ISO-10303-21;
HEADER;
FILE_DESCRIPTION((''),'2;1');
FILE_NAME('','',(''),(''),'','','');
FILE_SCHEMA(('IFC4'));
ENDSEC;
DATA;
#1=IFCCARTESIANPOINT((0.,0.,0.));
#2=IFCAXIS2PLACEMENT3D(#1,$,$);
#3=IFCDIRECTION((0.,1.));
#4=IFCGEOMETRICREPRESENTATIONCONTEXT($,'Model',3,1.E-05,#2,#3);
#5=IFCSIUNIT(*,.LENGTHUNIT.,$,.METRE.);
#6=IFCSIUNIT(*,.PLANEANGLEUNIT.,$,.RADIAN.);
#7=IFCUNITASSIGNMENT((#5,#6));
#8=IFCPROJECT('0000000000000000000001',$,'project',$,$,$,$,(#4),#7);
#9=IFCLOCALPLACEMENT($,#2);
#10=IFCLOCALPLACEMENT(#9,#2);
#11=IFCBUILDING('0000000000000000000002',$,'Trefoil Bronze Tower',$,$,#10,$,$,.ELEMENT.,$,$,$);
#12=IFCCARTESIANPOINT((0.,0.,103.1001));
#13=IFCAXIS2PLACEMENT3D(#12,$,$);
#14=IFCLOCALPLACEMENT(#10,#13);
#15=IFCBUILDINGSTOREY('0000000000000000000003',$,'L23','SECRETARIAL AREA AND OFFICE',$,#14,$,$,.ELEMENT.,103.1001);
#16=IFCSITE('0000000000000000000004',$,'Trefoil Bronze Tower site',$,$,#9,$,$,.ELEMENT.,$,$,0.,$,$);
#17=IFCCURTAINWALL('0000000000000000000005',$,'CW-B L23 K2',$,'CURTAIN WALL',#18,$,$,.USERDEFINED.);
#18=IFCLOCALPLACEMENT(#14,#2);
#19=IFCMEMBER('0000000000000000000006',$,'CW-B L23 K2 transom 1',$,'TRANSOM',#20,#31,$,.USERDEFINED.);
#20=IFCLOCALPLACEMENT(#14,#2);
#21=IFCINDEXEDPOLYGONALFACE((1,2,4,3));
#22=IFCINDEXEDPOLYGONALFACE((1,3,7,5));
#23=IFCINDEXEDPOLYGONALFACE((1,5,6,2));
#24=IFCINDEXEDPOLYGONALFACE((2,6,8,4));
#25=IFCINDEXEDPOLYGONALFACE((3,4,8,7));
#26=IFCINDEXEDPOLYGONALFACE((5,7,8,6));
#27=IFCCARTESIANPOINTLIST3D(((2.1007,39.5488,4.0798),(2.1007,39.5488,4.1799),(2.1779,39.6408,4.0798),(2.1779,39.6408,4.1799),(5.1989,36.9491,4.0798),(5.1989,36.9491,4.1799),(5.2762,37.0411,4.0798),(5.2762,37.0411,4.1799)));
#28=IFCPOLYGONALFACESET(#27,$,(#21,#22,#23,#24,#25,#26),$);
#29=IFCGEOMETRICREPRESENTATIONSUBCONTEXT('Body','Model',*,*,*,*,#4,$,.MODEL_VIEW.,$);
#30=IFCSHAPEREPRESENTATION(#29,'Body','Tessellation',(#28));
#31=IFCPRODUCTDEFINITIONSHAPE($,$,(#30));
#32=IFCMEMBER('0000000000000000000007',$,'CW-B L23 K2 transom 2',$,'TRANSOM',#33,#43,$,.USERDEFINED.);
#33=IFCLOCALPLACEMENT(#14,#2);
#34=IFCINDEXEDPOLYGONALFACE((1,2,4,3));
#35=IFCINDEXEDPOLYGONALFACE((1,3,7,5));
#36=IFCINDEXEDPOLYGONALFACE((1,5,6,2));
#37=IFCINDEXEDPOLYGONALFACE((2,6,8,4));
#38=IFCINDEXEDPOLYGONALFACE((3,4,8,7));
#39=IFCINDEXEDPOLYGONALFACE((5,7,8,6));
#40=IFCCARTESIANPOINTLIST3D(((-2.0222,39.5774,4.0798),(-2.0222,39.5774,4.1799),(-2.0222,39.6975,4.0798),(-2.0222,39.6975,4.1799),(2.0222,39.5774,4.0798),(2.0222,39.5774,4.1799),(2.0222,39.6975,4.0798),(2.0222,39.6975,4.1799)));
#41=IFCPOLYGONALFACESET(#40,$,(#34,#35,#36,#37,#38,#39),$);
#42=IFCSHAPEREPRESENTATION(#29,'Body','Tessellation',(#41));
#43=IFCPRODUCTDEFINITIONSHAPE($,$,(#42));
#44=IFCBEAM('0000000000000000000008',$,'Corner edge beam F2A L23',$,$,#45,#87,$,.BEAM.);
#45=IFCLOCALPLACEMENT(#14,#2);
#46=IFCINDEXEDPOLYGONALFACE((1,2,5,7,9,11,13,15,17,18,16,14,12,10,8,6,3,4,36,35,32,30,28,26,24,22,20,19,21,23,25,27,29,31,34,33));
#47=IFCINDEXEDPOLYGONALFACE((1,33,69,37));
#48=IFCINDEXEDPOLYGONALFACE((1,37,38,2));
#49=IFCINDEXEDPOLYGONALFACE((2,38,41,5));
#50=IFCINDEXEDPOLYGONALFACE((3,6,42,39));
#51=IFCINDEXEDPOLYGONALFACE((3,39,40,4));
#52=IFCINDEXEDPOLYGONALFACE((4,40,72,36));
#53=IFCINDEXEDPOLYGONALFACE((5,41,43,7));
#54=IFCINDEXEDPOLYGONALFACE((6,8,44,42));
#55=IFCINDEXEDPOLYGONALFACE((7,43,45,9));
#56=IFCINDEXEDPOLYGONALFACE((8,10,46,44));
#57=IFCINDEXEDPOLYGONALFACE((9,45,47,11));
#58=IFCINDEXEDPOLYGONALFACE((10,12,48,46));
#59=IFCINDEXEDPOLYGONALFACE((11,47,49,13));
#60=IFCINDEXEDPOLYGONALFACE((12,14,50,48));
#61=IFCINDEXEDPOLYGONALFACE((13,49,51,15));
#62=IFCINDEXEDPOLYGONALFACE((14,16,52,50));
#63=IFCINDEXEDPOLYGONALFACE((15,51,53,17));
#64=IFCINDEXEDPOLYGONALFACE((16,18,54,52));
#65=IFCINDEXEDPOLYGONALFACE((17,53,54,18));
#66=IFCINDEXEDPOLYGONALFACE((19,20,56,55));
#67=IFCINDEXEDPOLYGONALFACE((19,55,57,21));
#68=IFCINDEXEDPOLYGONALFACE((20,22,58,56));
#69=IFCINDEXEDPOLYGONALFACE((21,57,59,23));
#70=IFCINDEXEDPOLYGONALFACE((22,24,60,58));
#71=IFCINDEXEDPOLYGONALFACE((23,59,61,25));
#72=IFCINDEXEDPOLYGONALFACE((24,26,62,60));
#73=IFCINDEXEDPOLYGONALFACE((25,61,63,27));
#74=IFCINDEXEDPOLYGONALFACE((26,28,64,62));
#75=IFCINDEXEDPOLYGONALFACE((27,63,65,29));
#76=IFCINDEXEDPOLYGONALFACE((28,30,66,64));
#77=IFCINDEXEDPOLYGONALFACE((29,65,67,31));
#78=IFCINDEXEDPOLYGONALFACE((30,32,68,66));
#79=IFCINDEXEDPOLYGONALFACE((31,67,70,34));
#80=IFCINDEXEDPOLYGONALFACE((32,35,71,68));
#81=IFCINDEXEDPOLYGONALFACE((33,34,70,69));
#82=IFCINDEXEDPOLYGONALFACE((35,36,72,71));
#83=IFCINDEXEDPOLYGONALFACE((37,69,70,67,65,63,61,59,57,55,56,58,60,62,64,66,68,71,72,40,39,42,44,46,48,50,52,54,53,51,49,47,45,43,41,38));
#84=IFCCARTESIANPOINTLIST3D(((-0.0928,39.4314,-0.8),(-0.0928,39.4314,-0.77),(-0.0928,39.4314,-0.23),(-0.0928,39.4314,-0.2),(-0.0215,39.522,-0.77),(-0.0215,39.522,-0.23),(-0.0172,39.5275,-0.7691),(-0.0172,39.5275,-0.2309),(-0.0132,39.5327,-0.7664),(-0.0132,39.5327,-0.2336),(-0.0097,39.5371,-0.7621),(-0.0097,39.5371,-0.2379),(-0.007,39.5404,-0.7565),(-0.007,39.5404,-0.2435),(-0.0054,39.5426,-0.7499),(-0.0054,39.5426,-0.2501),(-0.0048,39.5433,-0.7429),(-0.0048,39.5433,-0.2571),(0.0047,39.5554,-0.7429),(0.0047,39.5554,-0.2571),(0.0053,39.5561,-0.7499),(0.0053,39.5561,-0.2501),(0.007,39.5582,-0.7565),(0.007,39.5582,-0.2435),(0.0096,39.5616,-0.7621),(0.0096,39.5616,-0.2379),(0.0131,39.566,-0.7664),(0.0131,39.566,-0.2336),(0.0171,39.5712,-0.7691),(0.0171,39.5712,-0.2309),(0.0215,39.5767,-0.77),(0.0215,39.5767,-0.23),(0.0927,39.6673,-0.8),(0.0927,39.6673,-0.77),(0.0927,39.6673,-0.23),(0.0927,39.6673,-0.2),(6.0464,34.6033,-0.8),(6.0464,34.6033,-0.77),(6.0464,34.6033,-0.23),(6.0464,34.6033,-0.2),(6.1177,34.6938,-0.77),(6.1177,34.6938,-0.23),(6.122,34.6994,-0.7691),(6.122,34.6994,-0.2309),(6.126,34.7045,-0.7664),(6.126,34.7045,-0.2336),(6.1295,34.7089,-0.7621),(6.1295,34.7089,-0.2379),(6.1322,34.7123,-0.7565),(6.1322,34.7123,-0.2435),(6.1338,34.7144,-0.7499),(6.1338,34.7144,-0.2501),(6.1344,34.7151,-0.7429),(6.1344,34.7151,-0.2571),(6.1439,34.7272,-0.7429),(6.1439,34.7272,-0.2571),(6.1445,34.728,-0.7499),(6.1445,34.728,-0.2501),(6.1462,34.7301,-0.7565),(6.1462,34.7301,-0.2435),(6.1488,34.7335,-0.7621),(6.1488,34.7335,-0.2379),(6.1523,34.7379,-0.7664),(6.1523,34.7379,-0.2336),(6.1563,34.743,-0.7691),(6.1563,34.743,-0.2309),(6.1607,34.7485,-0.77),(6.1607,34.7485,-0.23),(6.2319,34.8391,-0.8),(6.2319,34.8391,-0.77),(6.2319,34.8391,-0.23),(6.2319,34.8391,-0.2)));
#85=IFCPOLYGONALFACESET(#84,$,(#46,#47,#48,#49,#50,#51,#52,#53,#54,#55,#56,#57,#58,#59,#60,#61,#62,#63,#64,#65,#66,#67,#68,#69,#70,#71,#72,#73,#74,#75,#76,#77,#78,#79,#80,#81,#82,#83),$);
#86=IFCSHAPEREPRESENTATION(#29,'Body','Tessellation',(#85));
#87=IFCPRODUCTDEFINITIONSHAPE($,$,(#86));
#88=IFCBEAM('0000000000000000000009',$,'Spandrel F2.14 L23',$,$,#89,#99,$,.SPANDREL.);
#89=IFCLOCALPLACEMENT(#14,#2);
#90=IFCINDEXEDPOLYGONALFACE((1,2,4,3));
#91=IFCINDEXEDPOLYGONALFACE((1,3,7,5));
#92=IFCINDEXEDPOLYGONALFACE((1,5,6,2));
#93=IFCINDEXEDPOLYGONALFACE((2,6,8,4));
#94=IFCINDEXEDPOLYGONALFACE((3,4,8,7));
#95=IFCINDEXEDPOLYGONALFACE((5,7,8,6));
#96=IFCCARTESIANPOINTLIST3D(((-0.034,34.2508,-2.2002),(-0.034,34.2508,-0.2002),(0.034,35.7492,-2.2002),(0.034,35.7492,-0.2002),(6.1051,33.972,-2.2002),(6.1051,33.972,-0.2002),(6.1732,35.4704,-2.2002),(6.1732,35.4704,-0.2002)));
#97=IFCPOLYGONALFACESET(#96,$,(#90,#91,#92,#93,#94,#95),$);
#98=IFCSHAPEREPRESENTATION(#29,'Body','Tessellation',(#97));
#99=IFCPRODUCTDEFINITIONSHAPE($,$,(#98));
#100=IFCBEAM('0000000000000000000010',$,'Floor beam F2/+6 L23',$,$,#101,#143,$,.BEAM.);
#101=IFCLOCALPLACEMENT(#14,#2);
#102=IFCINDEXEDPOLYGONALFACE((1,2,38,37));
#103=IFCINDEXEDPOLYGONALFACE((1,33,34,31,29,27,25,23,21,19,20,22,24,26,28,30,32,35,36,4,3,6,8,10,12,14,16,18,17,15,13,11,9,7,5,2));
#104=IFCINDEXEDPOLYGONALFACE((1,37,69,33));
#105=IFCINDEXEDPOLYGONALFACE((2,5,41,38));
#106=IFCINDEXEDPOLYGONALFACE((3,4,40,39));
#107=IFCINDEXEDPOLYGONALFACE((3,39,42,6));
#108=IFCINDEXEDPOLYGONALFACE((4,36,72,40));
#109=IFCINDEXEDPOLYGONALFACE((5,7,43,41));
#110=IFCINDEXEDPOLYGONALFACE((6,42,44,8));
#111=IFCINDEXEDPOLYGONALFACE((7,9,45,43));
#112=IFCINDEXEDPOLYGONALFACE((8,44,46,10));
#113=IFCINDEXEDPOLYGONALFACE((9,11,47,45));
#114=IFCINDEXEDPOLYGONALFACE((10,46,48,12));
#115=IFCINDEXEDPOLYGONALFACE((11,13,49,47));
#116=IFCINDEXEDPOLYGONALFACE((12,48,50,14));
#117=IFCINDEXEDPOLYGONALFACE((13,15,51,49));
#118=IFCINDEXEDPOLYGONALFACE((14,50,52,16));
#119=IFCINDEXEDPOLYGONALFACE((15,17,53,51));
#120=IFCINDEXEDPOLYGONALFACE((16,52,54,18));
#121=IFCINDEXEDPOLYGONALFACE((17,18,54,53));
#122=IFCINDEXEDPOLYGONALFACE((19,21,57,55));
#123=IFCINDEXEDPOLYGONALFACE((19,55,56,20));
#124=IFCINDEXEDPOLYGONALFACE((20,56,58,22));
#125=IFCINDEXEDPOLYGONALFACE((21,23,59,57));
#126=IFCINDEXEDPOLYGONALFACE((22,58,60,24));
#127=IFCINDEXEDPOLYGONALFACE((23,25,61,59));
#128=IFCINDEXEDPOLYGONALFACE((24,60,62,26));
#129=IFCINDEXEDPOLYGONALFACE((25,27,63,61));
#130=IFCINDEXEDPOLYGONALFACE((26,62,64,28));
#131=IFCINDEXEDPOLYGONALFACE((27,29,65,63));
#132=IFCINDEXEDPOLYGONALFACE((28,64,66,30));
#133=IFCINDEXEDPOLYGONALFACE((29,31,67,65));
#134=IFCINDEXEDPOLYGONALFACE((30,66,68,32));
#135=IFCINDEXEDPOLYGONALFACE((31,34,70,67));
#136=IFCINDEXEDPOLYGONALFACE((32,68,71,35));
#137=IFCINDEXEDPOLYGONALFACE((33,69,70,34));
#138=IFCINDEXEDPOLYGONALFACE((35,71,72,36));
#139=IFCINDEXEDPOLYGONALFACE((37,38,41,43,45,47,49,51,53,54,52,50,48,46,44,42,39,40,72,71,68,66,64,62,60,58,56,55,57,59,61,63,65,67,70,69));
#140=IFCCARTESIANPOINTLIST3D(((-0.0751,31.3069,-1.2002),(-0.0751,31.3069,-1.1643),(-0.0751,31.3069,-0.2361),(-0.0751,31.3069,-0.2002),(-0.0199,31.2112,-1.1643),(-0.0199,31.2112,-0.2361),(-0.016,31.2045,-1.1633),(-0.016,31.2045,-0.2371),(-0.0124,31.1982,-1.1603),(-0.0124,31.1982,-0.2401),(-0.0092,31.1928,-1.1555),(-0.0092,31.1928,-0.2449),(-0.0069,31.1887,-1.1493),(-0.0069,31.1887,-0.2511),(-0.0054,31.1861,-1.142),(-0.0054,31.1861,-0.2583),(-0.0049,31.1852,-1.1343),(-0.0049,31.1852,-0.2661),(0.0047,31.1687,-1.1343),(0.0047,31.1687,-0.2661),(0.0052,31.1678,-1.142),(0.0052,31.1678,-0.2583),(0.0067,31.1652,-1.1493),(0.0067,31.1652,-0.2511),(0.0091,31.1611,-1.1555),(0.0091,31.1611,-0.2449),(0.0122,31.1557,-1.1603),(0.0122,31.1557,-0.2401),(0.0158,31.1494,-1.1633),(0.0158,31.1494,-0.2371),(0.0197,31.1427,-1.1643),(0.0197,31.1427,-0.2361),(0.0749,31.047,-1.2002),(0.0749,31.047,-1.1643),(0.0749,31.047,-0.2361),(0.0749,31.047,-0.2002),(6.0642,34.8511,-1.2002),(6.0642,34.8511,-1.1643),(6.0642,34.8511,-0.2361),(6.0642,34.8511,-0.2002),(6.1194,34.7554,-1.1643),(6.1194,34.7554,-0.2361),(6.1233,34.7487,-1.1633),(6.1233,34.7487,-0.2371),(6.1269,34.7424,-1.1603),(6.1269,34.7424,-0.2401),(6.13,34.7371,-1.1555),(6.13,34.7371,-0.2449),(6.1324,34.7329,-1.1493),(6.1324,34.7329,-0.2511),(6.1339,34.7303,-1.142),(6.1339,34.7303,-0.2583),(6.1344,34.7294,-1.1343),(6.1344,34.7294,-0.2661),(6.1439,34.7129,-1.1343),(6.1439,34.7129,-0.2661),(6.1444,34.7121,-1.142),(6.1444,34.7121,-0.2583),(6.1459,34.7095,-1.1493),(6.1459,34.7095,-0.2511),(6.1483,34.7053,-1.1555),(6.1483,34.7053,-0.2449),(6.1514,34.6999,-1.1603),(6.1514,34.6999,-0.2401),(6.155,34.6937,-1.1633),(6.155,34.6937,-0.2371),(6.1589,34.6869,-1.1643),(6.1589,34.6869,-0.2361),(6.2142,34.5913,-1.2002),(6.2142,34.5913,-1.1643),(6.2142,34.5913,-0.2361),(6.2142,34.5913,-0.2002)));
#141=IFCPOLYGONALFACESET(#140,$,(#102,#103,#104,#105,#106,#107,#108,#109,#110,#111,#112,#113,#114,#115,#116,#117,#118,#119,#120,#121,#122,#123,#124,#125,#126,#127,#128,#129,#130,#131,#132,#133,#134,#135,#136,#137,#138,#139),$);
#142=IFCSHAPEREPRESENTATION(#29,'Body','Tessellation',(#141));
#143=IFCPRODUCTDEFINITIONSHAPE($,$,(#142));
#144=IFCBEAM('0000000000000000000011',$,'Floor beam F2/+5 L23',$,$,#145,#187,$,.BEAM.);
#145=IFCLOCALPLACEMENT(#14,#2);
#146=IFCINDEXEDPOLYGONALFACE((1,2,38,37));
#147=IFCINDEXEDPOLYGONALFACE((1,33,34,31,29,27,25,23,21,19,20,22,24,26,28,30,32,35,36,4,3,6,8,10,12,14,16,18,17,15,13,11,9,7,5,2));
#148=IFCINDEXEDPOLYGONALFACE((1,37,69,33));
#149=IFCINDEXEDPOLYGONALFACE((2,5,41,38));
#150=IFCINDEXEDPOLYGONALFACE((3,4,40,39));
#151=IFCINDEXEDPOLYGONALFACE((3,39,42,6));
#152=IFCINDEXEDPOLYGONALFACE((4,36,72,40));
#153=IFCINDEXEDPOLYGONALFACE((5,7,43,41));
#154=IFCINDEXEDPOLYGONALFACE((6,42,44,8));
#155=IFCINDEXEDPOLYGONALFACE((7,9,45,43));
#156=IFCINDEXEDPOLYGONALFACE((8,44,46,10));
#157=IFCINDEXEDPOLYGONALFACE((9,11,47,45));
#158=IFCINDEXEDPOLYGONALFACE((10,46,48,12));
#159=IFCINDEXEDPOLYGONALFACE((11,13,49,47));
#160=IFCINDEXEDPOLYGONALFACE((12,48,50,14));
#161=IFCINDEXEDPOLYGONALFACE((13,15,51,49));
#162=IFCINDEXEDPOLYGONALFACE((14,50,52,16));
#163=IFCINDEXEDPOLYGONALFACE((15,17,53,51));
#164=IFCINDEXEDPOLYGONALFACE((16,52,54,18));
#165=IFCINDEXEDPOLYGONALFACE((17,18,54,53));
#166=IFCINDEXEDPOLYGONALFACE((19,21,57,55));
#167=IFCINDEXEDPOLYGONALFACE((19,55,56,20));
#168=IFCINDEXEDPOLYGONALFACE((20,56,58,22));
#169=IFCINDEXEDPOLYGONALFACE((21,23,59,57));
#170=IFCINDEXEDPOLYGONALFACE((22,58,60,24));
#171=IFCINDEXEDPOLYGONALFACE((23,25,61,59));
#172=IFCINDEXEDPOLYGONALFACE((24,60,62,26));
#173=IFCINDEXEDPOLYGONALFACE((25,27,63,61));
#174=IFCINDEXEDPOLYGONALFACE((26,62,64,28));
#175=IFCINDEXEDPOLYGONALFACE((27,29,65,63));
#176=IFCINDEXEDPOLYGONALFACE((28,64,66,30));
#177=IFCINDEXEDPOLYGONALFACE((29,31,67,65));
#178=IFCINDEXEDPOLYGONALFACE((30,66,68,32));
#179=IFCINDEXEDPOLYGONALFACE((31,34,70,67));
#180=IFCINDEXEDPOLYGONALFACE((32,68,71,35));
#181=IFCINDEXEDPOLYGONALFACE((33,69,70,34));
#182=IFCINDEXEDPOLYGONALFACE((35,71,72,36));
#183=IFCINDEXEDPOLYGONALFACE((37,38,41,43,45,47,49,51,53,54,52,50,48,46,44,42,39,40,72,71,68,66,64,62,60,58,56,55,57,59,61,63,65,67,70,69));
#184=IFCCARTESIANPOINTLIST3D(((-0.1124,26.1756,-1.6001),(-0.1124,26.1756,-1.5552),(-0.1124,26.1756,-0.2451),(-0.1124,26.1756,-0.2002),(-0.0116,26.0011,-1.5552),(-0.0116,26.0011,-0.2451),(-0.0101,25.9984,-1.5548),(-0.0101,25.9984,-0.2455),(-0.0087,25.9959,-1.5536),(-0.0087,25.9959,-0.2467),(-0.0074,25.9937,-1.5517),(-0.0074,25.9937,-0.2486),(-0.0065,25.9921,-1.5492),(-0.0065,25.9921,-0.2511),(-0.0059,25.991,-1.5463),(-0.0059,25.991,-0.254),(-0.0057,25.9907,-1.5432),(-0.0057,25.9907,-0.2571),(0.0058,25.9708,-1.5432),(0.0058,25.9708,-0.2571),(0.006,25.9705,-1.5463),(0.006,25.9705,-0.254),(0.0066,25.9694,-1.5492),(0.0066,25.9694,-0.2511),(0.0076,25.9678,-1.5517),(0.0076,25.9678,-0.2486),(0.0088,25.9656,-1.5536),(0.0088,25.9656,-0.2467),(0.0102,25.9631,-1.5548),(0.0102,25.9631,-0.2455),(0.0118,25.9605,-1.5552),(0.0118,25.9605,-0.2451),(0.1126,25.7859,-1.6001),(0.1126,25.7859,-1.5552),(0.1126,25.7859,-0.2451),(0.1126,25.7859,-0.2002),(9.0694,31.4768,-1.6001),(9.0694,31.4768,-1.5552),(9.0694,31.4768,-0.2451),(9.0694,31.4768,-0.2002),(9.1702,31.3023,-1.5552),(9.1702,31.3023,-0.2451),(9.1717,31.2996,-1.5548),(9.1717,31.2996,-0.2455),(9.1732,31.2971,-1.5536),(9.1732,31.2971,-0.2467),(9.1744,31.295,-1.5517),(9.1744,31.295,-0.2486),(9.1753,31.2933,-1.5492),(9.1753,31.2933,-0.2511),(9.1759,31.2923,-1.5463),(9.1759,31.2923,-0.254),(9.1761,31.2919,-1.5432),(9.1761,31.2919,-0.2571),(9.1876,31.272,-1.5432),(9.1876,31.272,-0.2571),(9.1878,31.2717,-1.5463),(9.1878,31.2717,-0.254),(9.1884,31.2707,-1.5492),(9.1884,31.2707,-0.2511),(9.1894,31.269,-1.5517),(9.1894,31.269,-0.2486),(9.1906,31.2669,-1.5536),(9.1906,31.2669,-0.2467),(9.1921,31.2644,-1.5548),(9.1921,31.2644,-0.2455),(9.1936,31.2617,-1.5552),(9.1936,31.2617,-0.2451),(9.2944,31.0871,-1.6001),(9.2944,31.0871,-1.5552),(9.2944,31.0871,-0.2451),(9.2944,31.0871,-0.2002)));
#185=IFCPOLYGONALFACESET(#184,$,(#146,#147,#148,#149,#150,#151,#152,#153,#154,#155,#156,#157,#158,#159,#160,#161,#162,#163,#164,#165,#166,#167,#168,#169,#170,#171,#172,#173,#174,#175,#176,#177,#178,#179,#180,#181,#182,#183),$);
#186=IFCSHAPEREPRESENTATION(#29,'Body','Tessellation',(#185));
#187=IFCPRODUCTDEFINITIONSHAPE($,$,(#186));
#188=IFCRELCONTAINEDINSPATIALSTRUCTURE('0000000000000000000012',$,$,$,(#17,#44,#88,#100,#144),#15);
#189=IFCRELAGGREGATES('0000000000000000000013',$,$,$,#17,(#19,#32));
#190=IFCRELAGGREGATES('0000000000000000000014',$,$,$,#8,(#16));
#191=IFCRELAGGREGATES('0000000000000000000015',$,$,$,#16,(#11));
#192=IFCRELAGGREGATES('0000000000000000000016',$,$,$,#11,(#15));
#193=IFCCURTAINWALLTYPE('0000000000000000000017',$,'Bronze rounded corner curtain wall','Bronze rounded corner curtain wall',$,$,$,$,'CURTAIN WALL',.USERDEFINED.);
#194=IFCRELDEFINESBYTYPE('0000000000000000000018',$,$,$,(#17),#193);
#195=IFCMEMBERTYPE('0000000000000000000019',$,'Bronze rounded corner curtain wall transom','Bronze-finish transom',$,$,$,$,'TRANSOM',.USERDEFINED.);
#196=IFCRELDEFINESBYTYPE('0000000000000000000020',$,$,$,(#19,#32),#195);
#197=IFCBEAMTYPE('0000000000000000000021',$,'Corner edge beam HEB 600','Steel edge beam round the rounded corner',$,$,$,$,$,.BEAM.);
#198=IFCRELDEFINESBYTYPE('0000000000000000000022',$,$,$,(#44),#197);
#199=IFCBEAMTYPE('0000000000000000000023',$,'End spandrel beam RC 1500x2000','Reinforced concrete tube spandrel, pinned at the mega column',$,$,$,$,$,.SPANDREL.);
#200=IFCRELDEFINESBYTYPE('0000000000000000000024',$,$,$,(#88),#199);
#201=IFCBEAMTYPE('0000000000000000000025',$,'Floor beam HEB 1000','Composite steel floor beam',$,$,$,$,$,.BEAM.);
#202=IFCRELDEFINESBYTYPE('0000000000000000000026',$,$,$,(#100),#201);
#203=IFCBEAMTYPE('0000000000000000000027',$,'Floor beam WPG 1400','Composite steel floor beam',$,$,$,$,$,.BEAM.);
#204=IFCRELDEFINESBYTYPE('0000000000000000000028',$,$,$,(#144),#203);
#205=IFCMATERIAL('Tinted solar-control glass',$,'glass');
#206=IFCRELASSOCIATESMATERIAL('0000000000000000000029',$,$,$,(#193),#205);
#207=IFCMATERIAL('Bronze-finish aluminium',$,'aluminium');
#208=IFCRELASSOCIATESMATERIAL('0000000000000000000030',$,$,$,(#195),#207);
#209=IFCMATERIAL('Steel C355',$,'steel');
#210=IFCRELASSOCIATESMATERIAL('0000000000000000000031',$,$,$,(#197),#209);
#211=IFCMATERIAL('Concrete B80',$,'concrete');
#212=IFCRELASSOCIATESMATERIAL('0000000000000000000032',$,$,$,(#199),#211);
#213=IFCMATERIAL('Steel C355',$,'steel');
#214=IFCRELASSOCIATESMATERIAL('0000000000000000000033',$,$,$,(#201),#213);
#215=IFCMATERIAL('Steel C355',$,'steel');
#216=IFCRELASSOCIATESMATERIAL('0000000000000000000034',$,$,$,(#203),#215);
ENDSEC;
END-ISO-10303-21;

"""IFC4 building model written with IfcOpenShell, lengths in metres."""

from ifc_helpers import new_model, si_unit, direction, frame, origin, origin_2d, place, context, subcontext, project, spatial, rectangle, i_section, extrude, material, material_profile, profile_set, type_object, element, aggregate, save


model = new_model("IFC4")

# Units and contexts
model_context = context("Model", 3, precision=1e-05, world=origin(), true_north=direction((0.0, 1.0)))
body_context = subcontext(model_context, "Body", "Model", "MODEL_VIEW")
ifc_project = project(units=[si_unit("LENGTHUNIT", "METRE"), si_unit("PLANEANGLEUNIT", "RADIAN")], contexts=[model_context])

# Site, building, storey
site_placement = place(None, origin())
site = spatial("IfcSite", under=ifc_project, at=site_placement, Name="Trefoil Bronze Tower site", CompositionType="ELEMENT", RefElevation=0.0)
building_placement = place(site_placement, origin())
building = spatial("IfcBuilding", under=site, at=building_placement, Name="Trefoil Bronze Tower", CompositionType="ELEMENT")
storey_placement = place(building_placement, frame((0.0, 0.0, 103.1001)))
storey = spatial("IfcBuildingStorey", under=building, at=storey_placement, Name="L23", Description="SECRETARIAL AREA AND OFFICE", CompositionType="ELEMENT", Elevation=103.1001)

# Curtain wall, members
ifc_material_1 = material(Name="Tinted solar-control glass", Category="glass")
curtain_wall_type_1 = type_object("IfcCurtainWallType", Name="Bronze rounded corner curtain wall", Description="Bronze rounded corner curtain wall", ElementType="CURTAIN WALL", PredefinedType="USERDEFINED", material=ifc_material_1)
curtain_wall_1_placement = place(storey_placement, origin())
curtain_wall_1 = element("IfcCurtainWall", 1, at=curtain_wall_1_placement, inside=storey, type_object=curtain_wall_type_1, Name="CW-B L23 K2", ObjectType="CURTAIN WALL", PredefinedType="USERDEFINED")
ifc_material_2 = material(Name="Bronze-finish aluminium", Category="aluminium")
ifc_material_profile_1 = material_profile(ifc_material_2, rectangle(XDim=0.1201, YDim=0.1001, at=origin_2d()), Name="CW-B transom")
ifc_profile_set_1 = profile_set([ifc_material_profile_1], Name="Bronze-finish aluminium")
member_type_1 = type_object("IfcMemberType", Name="Bronze rounded corner curtain wall transom", Description="Bronze-finish transom", ElementType="TRANSOM", PredefinedType="USERDEFINED", material=ifc_profile_set_1)
member_1_placement = place(storey_placement, frame((5.2375, 36.9951, 4.1299), z_axis=(-0.76605, 0.642781, 0.0), x_axis=(-0.642781, -0.76605, 0.0)))
member_1 = element("IfcMember", 2, at=member_1_placement, type_object=member_type_1, Name="CW-B L23 K2 transom 1", ObjectType="TRANSOM", PredefinedType="USERDEFINED", context=body_context, shape_type="SweptSolid", body=[
    extrude(rectangle(XDim=0.1201, YDim=0.1001, at=origin_2d()), origin(), (0.0, 0.0, 1.0), 4.0444),
])
member_2_placement = place(storey_placement, frame((2.0222, 39.6375, 4.1299), z_axis=(-1.0, 0.0, 0.0), x_axis=(0.0, -1.0, 0.0)))
member_2 = element("IfcMember", 3, at=member_2_placement, type_object=member_type_1, Name="CW-B L23 K2 transom 2", ObjectType="TRANSOM", PredefinedType="USERDEFINED", context=body_context, shape_type="SweptSolid", body=[
    extrude(rectangle(XDim=0.1201, YDim=0.1001, at=origin_2d()), origin(), (0.0, 0.0, 1.0), 4.0444),
])

# Beams
ifc_material_3 = material(Name="Steel C355", Category="steel")
ifc_material_profile_2 = material_profile(ifc_material_3, i_section(OverallWidth=0.3, OverallDepth=0.6001, WebThickness=0.0154, FlangeThickness=0.03, FilletRadius=0.0271, at=origin_2d()), Name="HEB 600")
ifc_profile_set_2 = profile_set([ifc_material_profile_2], Name="Steel C355")
beam_type_1 = type_object("IfcBeamType", Name="Corner edge beam HEB 600", Description="Steel edge beam round the rounded corner", PredefinedType="BEAM", material=ifc_profile_set_2)
beam_1_placement = place(storey_placement, frame((6.1392, 34.7212, -0.5), z_axis=(-0.786038, 0.618178, 0.0), x_axis=(-0.618178, -0.786038, 0.0)))
element("IfcBeam", 4, at=beam_1_placement, inside=storey, type_object=beam_type_1, Name="Corner edge beam F2A L23", PredefinedType="BEAM", context=body_context, shape_type="SweptSolid", body=[
    extrude(i_section(OverallWidth=0.3, OverallDepth=0.6001, WebThickness=0.0154, FlangeThickness=0.03, FilletRadius=0.0271, at=origin_2d()), origin(), (0.0, 0.0, 1.0), 7.8103),
])
ifc_material_4 = material(Name="Concrete B80", Category="concrete")
ifc_material_profile_3 = material_profile(ifc_material_4, rectangle(XDim=1.5, YDim=2.0, at=origin_2d()), Name="RC 1500x2000")
ifc_profile_set_3 = profile_set([ifc_material_profile_3], Name="Concrete B80")
beam_type_2 = type_object("IfcBeamType", Name="End spandrel beam RC 1500x2000", Description="Reinforced concrete tube spandrel, pinned at the mega column", PredefinedType="SPANDREL", material=ifc_profile_set_3)
beam_2_placement = place(storey_placement, frame((6.1392, 34.7212, -1.2002), z_axis=(-0.99897, 0.045368, 0.0), x_axis=(-0.045368, -0.99897, 0.0)))
element("IfcBeam", 5, at=beam_2_placement, inside=storey, type_object=beam_type_2, Name="Spandrel F2.14 L23", PredefinedType="SPANDREL", context=body_context, shape_type="SweptSolid", body=[
    extrude(rectangle(XDim=1.5, YDim=2.0, at=origin_2d()), origin(), (0.0, 0.0, 1.0), 6.1455),
])
ifc_material_5 = material(Name="Steel C355", Category="steel")
ifc_material_profile_4 = material_profile(ifc_material_5, i_section(OverallWidth=0.3, OverallDepth=1.0, WebThickness=0.019, FlangeThickness=0.0359, FilletRadius=0.03, at=origin_2d()), Name="HEB 1000")
ifc_profile_set_4 = profile_set([ifc_material_profile_4], Name="Steel C355")
beam_type_3 = type_object("IfcBeamType", Name="Floor beam HEB 1000", Description="Composite steel floor beam", PredefinedType="BEAM", material=ifc_profile_set_4)
beam_3_placement = place(storey_placement, frame((6.1392, 34.7212, -0.7002), z_axis=(-0.866041, -0.499973, 0.0), x_axis=(0.499973, -0.866041, 0.0)))
element("IfcBeam", 6, at=beam_3_placement, inside=storey, type_object=beam_type_3, Name="Floor beam F2/+6 L23", PredefinedType="BEAM", context=body_context, shape_type="SweptSolid", body=[
    extrude(i_section(OverallWidth=0.3, OverallDepth=1.0, WebThickness=0.019, FlangeThickness=0.0359, FilletRadius=0.03, at=origin_2d()), origin(), (0.0, 0.0, 1.0), 7.0889),
])
ifc_material_6 = material(Name="Steel C355", Category="steel")
ifc_material_profile_5 = material_profile(ifc_material_6, i_section(OverallWidth=0.45, OverallDepth=1.3999, WebThickness=0.0229, FlangeThickness=0.0449, FilletRadius=0.012, at=origin_2d()), Name="WPG 1400")
ifc_profile_set_5 = profile_set([ifc_material_profile_5], Name="Steel C355")
beam_type_4 = type_object("IfcBeamType", Name="Floor beam WPG 1400", Description="Composite steel floor beam", PredefinedType="BEAM", material=ifc_profile_set_5)
beam_4_placement = place(storey_placement, frame((9.1819, 31.282, -0.9001), z_axis=(-0.866021, -0.500007, 0.0), x_axis=(0.500007, -0.866021, 0.0)))
element("IfcBeam", 7, at=beam_4_placement, inside=storey, type_object=beam_type_4, Name="Floor beam F2/+5 L23", PredefinedType="BEAM", context=body_context, shape_type="SweptSolid", body=[
    extrude(i_section(OverallWidth=0.45, OverallDepth=1.3999, WebThickness=0.0229, FlangeThickness=0.0449, FilletRadius=0.012, at=origin_2d()), origin(), (0.0, 0.0, 1.0), 10.6023),
])

aggregate(curtain_wall_1, [member_1, member_2])

save(model, "model.ifc")
